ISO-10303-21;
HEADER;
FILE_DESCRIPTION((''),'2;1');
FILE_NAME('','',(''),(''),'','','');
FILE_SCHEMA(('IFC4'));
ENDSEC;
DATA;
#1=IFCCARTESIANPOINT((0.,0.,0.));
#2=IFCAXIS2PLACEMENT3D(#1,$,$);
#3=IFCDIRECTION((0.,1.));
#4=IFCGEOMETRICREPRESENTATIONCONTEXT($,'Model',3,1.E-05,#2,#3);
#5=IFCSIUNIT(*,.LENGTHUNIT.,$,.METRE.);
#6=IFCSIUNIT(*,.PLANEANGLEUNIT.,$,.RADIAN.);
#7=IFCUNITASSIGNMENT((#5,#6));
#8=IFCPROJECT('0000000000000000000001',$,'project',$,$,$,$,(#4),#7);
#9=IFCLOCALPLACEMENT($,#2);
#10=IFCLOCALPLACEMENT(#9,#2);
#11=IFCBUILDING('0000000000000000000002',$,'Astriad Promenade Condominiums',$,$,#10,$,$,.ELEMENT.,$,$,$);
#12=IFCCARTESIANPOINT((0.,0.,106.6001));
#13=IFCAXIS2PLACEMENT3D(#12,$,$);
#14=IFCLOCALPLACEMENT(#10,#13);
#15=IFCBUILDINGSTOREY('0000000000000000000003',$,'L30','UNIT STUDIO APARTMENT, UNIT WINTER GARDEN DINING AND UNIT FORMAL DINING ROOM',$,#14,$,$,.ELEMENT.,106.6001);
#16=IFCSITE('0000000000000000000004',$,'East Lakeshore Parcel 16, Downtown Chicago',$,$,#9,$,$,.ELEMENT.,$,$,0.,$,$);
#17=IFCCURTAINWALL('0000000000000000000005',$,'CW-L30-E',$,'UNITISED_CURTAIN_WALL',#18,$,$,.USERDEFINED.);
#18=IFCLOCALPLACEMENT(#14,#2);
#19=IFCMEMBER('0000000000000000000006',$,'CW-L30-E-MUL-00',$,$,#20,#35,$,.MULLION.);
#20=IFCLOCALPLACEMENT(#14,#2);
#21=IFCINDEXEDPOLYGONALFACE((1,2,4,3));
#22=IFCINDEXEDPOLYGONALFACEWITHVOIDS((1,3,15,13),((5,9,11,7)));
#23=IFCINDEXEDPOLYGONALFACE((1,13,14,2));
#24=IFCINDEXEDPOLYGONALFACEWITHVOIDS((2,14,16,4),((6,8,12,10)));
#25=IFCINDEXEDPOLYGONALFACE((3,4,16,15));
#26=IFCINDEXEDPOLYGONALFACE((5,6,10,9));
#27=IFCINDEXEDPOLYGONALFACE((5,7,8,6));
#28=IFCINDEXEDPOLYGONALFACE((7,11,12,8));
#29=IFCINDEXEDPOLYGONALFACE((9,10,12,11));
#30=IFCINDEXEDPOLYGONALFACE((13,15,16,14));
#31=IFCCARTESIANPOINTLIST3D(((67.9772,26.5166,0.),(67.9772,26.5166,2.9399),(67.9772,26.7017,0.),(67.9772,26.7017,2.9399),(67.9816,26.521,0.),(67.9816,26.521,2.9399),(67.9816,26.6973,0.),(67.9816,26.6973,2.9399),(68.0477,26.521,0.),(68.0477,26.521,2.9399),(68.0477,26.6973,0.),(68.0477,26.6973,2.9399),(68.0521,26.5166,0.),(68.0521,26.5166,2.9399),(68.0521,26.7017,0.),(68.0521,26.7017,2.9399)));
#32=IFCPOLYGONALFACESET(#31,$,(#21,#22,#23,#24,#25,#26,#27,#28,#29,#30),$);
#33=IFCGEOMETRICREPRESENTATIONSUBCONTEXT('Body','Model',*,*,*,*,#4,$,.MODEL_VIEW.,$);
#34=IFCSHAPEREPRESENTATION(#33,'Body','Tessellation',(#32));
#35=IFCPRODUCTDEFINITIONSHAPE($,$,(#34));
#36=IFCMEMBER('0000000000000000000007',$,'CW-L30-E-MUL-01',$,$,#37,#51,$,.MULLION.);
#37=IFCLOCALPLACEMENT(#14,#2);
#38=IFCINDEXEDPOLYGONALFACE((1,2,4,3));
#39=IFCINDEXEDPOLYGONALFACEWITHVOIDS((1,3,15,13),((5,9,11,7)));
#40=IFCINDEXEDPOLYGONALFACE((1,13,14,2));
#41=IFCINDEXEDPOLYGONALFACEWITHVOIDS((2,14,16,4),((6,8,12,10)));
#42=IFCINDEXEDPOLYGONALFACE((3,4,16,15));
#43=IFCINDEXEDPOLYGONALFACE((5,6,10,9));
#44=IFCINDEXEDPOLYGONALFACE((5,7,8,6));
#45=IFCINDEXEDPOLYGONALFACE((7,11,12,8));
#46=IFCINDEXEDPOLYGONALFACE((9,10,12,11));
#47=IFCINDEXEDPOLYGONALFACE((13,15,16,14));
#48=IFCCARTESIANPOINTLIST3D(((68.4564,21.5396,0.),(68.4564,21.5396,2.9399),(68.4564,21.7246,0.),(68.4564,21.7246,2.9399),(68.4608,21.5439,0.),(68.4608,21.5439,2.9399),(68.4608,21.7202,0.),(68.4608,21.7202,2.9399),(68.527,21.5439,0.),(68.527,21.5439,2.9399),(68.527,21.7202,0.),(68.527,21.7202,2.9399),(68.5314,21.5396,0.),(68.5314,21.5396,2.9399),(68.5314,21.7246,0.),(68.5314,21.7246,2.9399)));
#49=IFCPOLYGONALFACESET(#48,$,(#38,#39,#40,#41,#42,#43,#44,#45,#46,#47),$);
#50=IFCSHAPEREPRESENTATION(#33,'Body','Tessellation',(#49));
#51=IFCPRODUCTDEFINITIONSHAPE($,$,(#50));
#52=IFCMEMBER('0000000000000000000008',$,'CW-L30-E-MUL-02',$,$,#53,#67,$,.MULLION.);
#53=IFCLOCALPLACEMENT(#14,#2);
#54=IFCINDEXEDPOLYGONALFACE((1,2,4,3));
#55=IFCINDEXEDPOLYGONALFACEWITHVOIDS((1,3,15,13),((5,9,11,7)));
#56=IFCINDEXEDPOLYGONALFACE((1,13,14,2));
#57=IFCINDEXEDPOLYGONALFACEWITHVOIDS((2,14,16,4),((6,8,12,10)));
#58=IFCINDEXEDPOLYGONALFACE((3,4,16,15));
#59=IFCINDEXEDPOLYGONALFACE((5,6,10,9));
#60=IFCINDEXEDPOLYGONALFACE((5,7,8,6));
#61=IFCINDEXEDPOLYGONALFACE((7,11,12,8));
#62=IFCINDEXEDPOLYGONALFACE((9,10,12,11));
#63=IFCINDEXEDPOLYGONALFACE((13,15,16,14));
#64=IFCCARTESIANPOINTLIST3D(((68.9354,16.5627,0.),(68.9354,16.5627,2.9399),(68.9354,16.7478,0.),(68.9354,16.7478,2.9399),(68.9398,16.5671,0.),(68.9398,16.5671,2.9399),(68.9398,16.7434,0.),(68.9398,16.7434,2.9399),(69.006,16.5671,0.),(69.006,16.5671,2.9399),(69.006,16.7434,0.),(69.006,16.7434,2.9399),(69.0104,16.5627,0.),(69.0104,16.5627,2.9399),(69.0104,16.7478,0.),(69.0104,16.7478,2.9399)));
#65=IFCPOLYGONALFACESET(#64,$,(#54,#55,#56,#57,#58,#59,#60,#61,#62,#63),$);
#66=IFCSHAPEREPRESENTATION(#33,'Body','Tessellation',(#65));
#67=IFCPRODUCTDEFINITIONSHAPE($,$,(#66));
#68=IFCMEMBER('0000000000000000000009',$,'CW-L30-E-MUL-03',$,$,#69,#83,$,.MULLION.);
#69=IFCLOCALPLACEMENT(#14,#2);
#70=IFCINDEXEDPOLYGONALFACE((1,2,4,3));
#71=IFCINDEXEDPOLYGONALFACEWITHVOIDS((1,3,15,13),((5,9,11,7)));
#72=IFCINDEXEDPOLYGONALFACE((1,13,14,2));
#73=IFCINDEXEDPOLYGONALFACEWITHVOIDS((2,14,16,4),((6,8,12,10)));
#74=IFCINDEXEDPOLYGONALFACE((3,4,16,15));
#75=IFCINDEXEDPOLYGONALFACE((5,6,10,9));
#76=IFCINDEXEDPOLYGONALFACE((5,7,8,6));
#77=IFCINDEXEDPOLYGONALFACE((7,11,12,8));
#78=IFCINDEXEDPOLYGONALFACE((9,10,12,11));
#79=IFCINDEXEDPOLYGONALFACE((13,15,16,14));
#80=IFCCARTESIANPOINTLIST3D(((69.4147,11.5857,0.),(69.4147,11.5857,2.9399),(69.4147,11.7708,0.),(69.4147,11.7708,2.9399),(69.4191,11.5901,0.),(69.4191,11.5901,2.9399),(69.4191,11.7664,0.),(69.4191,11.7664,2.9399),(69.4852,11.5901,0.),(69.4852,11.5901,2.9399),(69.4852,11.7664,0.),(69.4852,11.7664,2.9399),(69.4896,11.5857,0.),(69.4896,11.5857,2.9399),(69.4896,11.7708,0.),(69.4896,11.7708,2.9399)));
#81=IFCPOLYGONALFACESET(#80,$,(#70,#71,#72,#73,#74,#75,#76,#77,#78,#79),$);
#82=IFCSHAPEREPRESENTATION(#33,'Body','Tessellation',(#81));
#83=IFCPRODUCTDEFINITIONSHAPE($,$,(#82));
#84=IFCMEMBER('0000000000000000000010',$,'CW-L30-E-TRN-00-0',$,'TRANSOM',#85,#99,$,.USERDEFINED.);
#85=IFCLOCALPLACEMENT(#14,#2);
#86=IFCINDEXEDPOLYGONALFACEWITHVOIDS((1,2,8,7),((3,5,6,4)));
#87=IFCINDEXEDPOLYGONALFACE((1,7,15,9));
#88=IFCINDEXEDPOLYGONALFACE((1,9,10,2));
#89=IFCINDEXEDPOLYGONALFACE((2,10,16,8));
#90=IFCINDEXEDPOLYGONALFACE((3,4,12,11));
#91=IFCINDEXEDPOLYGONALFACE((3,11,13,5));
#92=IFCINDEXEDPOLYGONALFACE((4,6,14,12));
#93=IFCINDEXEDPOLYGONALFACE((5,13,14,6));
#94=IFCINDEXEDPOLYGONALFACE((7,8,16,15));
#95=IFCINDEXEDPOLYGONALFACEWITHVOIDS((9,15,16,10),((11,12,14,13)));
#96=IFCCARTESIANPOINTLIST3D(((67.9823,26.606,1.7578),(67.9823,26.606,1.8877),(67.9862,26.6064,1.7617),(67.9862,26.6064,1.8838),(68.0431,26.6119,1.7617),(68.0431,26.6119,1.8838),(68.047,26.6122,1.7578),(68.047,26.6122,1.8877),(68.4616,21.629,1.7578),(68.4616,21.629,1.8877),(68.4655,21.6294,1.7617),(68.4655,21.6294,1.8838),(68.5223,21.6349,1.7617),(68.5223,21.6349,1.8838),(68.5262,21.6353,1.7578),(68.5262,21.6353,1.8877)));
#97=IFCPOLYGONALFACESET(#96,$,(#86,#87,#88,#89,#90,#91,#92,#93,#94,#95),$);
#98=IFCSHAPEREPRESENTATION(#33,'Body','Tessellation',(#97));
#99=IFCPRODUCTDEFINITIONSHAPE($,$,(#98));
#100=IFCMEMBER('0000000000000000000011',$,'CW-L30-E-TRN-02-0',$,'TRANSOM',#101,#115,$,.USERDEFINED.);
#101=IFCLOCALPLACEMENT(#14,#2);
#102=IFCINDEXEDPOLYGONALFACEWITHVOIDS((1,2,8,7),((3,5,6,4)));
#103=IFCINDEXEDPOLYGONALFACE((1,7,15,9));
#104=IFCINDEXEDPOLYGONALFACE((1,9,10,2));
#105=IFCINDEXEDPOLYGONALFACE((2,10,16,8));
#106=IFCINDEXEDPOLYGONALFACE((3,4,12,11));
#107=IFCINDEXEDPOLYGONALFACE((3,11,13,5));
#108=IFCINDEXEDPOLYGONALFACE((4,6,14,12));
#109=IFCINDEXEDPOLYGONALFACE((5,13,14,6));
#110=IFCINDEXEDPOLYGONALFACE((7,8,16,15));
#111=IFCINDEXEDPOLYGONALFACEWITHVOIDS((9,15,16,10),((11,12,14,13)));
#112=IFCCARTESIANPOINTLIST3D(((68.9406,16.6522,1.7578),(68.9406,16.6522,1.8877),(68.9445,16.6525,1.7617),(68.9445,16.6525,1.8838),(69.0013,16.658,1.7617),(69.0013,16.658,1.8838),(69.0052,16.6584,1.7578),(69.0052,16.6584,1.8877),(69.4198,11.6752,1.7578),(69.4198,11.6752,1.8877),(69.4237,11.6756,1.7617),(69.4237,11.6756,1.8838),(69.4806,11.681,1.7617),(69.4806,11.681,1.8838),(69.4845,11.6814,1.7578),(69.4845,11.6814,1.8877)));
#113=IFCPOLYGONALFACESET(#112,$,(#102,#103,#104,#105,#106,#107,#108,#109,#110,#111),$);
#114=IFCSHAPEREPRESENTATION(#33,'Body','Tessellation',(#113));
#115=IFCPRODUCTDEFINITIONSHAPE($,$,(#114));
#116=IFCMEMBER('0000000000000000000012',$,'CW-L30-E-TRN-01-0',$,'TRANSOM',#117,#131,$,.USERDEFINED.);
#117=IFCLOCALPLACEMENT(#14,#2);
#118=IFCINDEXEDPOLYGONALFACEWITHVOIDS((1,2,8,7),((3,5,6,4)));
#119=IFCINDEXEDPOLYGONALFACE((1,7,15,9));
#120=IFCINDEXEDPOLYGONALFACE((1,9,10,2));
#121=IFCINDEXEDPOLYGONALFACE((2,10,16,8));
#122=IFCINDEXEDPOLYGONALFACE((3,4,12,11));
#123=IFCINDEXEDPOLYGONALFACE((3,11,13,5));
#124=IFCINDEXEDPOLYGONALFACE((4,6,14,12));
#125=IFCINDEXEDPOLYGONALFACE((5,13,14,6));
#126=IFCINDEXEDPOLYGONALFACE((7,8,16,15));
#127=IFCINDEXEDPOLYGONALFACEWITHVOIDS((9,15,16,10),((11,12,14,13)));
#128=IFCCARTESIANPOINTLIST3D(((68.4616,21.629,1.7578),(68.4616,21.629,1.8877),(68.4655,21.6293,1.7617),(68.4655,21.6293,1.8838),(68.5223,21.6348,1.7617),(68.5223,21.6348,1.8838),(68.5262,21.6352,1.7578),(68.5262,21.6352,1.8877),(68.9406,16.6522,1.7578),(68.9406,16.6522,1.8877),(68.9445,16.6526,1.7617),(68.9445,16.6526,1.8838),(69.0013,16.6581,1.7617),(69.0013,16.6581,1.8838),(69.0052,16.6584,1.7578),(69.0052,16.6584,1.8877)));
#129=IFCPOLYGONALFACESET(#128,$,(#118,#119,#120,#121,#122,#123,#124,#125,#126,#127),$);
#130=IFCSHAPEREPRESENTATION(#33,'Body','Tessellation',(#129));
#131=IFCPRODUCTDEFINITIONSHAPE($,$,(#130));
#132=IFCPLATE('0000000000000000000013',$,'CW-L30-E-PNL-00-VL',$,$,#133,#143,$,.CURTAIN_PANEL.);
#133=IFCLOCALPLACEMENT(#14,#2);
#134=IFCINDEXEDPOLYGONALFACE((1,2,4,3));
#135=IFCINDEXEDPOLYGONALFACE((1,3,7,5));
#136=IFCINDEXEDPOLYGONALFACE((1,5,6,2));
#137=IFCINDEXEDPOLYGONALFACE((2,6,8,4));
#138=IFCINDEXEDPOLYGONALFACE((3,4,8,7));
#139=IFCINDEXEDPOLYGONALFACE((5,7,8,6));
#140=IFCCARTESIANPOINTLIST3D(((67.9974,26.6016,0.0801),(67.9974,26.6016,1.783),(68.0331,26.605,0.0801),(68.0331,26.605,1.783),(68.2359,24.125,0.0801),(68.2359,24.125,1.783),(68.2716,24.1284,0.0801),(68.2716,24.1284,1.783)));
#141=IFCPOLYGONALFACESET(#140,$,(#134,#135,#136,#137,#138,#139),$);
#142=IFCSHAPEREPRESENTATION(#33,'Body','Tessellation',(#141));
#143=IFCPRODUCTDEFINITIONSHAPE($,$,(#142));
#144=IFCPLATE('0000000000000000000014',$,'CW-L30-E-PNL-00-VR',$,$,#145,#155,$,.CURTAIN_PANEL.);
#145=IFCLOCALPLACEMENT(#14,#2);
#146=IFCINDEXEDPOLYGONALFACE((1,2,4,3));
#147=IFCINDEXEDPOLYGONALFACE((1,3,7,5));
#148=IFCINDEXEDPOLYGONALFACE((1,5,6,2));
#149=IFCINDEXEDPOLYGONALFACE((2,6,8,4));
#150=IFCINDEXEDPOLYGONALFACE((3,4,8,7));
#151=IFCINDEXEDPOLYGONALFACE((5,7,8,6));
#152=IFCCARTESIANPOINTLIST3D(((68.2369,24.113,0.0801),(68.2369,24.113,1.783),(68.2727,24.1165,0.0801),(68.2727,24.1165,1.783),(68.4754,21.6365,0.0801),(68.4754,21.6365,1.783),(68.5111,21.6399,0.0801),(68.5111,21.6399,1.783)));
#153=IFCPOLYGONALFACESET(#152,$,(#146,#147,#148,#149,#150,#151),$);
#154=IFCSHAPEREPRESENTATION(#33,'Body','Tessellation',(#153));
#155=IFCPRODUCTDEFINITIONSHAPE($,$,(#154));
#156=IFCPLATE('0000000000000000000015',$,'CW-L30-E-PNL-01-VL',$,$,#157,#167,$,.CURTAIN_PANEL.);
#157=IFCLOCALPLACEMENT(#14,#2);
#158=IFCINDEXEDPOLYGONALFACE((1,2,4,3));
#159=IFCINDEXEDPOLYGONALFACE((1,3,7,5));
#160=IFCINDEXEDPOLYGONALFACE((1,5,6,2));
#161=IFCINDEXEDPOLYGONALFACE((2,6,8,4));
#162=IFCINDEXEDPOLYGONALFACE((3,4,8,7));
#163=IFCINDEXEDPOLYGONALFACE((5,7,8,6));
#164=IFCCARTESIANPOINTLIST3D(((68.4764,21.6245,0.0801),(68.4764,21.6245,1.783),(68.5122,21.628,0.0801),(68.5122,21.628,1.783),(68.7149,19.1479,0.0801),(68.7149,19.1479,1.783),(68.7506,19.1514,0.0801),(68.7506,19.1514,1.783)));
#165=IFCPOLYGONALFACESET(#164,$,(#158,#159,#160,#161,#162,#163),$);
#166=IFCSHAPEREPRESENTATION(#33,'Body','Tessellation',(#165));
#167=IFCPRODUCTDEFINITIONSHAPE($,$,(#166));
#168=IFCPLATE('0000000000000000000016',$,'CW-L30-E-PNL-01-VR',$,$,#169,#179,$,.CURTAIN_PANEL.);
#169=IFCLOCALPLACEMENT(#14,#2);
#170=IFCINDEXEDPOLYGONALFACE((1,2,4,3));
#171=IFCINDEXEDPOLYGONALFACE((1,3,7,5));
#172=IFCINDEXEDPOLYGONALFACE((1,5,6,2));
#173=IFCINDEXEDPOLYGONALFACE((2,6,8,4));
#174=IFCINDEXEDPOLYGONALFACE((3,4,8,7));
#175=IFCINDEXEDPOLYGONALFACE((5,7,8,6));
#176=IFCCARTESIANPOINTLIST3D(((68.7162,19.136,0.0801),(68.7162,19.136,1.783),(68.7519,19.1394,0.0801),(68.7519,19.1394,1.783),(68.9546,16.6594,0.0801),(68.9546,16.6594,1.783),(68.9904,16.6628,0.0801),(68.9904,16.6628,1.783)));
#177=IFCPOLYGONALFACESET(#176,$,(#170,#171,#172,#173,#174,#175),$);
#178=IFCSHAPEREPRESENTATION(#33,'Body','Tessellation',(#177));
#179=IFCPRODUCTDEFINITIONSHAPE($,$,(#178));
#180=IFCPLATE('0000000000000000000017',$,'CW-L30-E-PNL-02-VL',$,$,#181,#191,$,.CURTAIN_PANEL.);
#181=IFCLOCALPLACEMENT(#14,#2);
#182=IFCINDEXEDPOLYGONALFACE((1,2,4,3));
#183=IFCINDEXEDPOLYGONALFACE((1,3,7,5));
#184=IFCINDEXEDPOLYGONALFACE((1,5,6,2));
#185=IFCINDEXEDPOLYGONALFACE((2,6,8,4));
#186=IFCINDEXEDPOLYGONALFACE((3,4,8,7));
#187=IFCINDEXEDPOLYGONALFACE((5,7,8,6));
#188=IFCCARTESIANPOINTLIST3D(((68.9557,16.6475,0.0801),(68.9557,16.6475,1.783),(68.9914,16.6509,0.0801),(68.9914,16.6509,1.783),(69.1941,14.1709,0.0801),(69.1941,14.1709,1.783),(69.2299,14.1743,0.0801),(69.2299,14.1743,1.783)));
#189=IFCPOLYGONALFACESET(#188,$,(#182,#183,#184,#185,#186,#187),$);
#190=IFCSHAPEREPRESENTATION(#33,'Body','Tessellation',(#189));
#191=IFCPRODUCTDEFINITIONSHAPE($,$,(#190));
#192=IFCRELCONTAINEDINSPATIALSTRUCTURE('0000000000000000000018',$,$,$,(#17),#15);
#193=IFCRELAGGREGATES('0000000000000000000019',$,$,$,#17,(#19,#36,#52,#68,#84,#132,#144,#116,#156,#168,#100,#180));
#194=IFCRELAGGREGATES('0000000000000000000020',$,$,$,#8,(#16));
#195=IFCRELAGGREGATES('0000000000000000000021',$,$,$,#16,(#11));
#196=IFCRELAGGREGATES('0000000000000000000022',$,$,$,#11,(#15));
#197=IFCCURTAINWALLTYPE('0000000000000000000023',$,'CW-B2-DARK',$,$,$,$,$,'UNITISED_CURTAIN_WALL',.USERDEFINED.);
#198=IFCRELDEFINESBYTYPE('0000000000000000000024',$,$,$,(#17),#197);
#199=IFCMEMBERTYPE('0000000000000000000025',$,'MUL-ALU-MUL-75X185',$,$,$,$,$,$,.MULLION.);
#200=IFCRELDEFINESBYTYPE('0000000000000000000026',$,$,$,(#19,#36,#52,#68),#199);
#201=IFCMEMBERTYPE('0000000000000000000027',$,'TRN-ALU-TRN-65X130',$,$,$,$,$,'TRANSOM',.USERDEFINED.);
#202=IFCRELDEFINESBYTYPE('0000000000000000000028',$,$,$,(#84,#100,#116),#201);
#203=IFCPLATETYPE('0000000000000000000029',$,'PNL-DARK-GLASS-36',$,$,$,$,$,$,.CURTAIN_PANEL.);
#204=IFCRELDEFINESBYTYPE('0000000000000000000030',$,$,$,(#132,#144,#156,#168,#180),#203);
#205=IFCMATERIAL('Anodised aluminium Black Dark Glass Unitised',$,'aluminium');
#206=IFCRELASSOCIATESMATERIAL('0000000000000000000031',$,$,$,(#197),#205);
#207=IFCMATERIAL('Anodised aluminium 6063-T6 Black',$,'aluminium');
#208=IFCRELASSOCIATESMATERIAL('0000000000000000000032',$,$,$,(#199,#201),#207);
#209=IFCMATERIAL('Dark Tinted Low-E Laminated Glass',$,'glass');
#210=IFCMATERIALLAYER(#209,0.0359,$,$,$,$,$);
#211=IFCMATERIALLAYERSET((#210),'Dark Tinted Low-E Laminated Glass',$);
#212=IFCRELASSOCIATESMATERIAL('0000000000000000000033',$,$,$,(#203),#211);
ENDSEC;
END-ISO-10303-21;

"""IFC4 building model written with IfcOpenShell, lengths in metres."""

from ifc_helpers import new_model, si_unit, direction, frame, origin, origin_2d, place, context, subcontext, project, spatial, rectangle, hollow_rectangle, extrude, source, transform, mapped, material, layer, layer_set, material_profile, profile_set, type_object, type_shapes, element, aggregate, save


model = new_model("IFC4")

# Units and contexts
model_context = context("Model", 3, precision=1e-05, world=origin(), true_north=direction((0.0, 1.0)))
body_context = subcontext(model_context, "Body", "Model", "MODEL_VIEW")
ifc_project = project(units=[si_unit("LENGTHUNIT", "METRE"), si_unit("PLANEANGLEUNIT", "RADIAN")], contexts=[model_context])

# Site, building, storey
site_placement = place(None, origin())
site = spatial("IfcSite", under=ifc_project, at=site_placement, Name="East Lakeshore Parcel 16, Downtown Chicago", CompositionType="ELEMENT", RefElevation=0.0)
building_placement = place(site_placement, origin())
building = spatial("IfcBuilding", under=site, at=building_placement, Name="Astriad Promenade Condominiums", CompositionType="ELEMENT")
storey_placement = place(building_placement, frame((0.0, 0.0, 106.6001)))
storey = spatial("IfcBuildingStorey", under=building, at=storey_placement, Name="L30", Description="UNIT STUDIO APARTMENT, UNIT WINTER GARDEN DINING AND UNIT FORMAL DINING ROOM", CompositionType="ELEMENT", Elevation=106.6001)

# Curtain wall, members, plates
ifc_material_1 = material(Name="Anodised aluminium Black Dark Glass Unitised", Category="aluminium")
curtain_wall_type = type_object("IfcCurtainWallType", Name="CW-B2-DARK", ElementType="UNITISED_CURTAIN_WALL", PredefinedType="USERDEFINED", material=ifc_material_1)
curtain_wall_placement = place(storey_placement, origin())
curtain_wall = element("IfcCurtainWall", 1, at=curtain_wall_placement, inside=storey, type_object=curtain_wall_type, Name="CW-L30-E", ObjectType="UNITISED_CURTAIN_WALL", PredefinedType="USERDEFINED")
ifc_material_2 = material(Name="Anodised aluminium 6063-T6 Black", Category="aluminium")
ifc_material_profile_1 = material_profile(ifc_material_2, hollow_rectangle(XDim=0.075, YDim=0.1851, WallThickness=0.0044, at=origin_2d()), Name="ALU-MUL-75X185")
ifc_profile_set_1 = profile_set([ifc_material_profile_1], Name="Anodised aluminium 6063-T6 Black")
member_type_1 = type_object("IfcMemberType", Name="MUL-ALU-MUL-75X185", PredefinedType="MULLION", material=ifc_profile_set_1)
shared_shape_1 = source(origin(), body_context, "Body", "SweptSolid", [
    extrude(hollow_rectangle(XDim=0.075, YDim=0.1851, WallThickness=0.0044, at=origin_2d()), origin(), (0.0, 0.0, 1.0), 2.9399),
])
type_shapes(member_type_1, [shared_shape_1])
member_1_placement = place(storey_placement, frame((68.0146, 26.6091, 0.0), z_axis=(0.0, 0.0, 1.0), x_axis=(1.0, 0.0, 0.0)))
member_1 = element("IfcMember", 2, at=member_1_placement, type_object=member_type_1, Name="CW-L30-E-MUL-00", PredefinedType="MULLION", context=body_context, shape_type="MappedRepresentation", body=[
    mapped(shared_shape_1, transform((0.0, 0.0, 0.0), scale=1.0)),
])
member_2_placement = place(storey_placement, frame((68.4939, 21.6321, 0.0), z_axis=(0.0, 0.0, 1.0), x_axis=(1.0, 0.0, 0.0)))
member_2 = element("IfcMember", 3, at=member_2_placement, type_object=member_type_1, Name="CW-L30-E-MUL-01", PredefinedType="MULLION", context=body_context, shape_type="MappedRepresentation", body=[
    mapped(shared_shape_1, transform((0.0, 0.0, 0.0), scale=1.0)),
])
member_3_placement = place(storey_placement, frame((68.9729, 16.6553, 0.0), z_axis=(0.0, 0.0, 1.0), x_axis=(1.0, 0.0, 0.0)))
member_3 = element("IfcMember", 4, at=member_3_placement, type_object=member_type_1, Name="CW-L30-E-MUL-02", PredefinedType="MULLION", context=body_context, shape_type="MappedRepresentation", body=[
    mapped(shared_shape_1, transform((0.0, 0.0, 0.0), scale=1.0)),
])
member_4_placement = place(storey_placement, frame((69.4521, 11.6782, 0.0), z_axis=(0.0, 0.0, 1.0), x_axis=(1.0, 0.0, 0.0)))
member_4 = element("IfcMember", 5, at=member_4_placement, type_object=member_type_1, Name="CW-L30-E-MUL-03", PredefinedType="MULLION", context=body_context, shape_type="MappedRepresentation", body=[
    mapped(shared_shape_1, transform((0.0, 0.0, 0.0), scale=1.0)),
])
ifc_material_profile_2 = material_profile(ifc_material_2, hollow_rectangle(XDim=0.0649, YDim=0.1299, WallThickness=0.0039, at=origin_2d()), Name="ALU-TRN-65X130")
ifc_profile_set_2 = profile_set([ifc_material_profile_2], Name="Anodised aluminium 6063-T6 Black")
member_type_2 = type_object("IfcMemberType", Name="TRN-ALU-TRN-65X130", ElementType="TRANSOM", PredefinedType="USERDEFINED", material=ifc_profile_set_2)
shared_shape_2 = source(origin(), body_context, "Body", "SweptSolid", [
    extrude(hollow_rectangle(XDim=0.0649, YDim=0.1299, WallThickness=0.0039, at=origin_2d()), origin(), (0.0, 0.0, 1.0), 5.0),
])
member_5_placement = place(storey_placement, frame((68.0146, 26.6091, 1.8228), z_axis=(0.095848, -0.995396, 0.0), x_axis=(0.995396, 0.095848, 0.0)))
member_5 = element("IfcMember", 6, at=member_5_placement, type_object=member_type_2, Name="CW-L30-E-TRN-00-0", ObjectType="TRANSOM", PredefinedType="USERDEFINED", context=body_context, shape_type="MappedRepresentation", body=[
    mapped(shared_shape_2, transform((0.0, 0.0, 0.0), scale=1.0)),
])
member_6_placement = place(storey_placement, frame((68.9729, 16.6553, 1.8228), z_axis=(0.095848, -0.995396, 0.0), x_axis=(0.995396, 0.095848, 0.0)))
member_6 = element("IfcMember", 7, at=member_6_placement, type_object=member_type_2, Name="CW-L30-E-TRN-02-0", ObjectType="TRANSOM", PredefinedType="USERDEFINED", context=body_context, shape_type="MappedRepresentation", body=[
    mapped(shared_shape_2, transform((0.0, 0.0, 0.0), scale=1.0)),
])
shared_shape_3 = source(origin(), body_context, "Body", "SweptSolid", [
    extrude(hollow_rectangle(XDim=0.0649, YDim=0.1299, WallThickness=0.0039, at=origin_2d()), origin(), (0.0, 0.0, 1.0), 4.9998),
])
type_shapes(member_type_2, [shared_shape_2, shared_shape_3])
member_7_placement = place(storey_placement, frame((68.4939, 21.6321, 1.8228), z_axis=(0.095805, -0.9954, 0.0), x_axis=(0.9954, 0.095805, 0.0)))
member_7 = element("IfcMember", 8, at=member_7_placement, type_object=member_type_2, Name="CW-L30-E-TRN-01-0", ObjectType="TRANSOM", PredefinedType="USERDEFINED", context=body_context, shape_type="MappedRepresentation", body=[
    mapped(shared_shape_3, transform((0.0, 0.0, 0.0), scale=1.0)),
])
ifc_material_3 = material(Name="Dark Tinted Low-E Laminated Glass", Category="glass")
ifc_layer_1 = layer(ifc_material_3, 0.0359)
ifc_layer_set_1 = layer_set([ifc_layer_1], Name="Dark Tinted Low-E Laminated Glass")
plate_type = type_object("IfcPlateType", Name="PNL-DARK-GLASS-36", PredefinedType="CURTAIN_PANEL", material=ifc_layer_set_1)
shared_shape_4 = source(origin(), body_context, "Body", "SweptSolid", [
    extrude(rectangle(XDim=2.488, YDim=0.0359, at=origin_2d()), origin(), (0.0, 0.0, 1.0), 1.7029),
])
plate_1_placement = place(storey_placement, frame((68.1345, 25.365, 0.0801), z_axis=(0.0, 0.0, 1.0), x_axis=(0.095846, -0.995396, 0.0)))
plate_1 = element("IfcPlate", 9, at=plate_1_placement, type_object=plate_type, Name="CW-L30-E-PNL-00-VL", PredefinedType="CURTAIN_PANEL", context=body_context, shape_type="MappedRepresentation", body=[
    mapped(shared_shape_4, transform((0.0, 0.0, 0.0), scale=1.0)),
])
plate_2_placement = place(storey_placement, frame((68.374, 22.8765, 0.0801), z_axis=(0.0, 0.0, 1.0), x_axis=(0.095846, -0.995396, 0.0)))
plate_2 = element("IfcPlate", 10, at=plate_2_placement, type_object=plate_type, Name="CW-L30-E-PNL-00-VR", PredefinedType="CURTAIN_PANEL", context=body_context, shape_type="MappedRepresentation", body=[
    mapped(shared_shape_4, transform((0.0, 0.0, 0.0), scale=1.0)),
])
plate_3_placement = place(storey_placement, frame((68.6135, 20.3879, 0.0801), z_axis=(0.0, 0.0, 1.0), x_axis=(0.095846, -0.995396, 0.0)))
plate_3 = element("IfcPlate", 11, at=plate_3_placement, type_object=plate_type, Name="CW-L30-E-PNL-01-VL", PredefinedType="CURTAIN_PANEL", context=body_context, shape_type="MappedRepresentation", body=[
    mapped(shared_shape_4, transform((0.0, 0.0, 0.0), scale=1.0)),
])
plate_4_placement = place(storey_placement, frame((68.8533, 17.8994, 0.0801), z_axis=(0.0, 0.0, 1.0), x_axis=(0.095846, -0.995396, 0.0)))
plate_4 = element("IfcPlate", 12, at=plate_4_placement, type_object=plate_type, Name="CW-L30-E-PNL-01-VR", PredefinedType="CURTAIN_PANEL", context=body_context, shape_type="MappedRepresentation", body=[
    mapped(shared_shape_4, transform((0.0, 0.0, 0.0), scale=1.0)),
])
plate_5_placement = place(storey_placement, frame((69.0928, 15.4109, 0.0801), z_axis=(0.0, 0.0, 1.0), x_axis=(0.095846, -0.995396, 0.0)))
plate_5 = element("IfcPlate", 13, at=plate_5_placement, type_object=plate_type, Name="CW-L30-E-PNL-02-VL", PredefinedType="CURTAIN_PANEL", context=body_context, shape_type="MappedRepresentation", body=[
    mapped(shared_shape_4, transform((0.0, 0.0, 0.0), scale=1.0)),
])
aggregate(curtain_wall, [member_1, member_2, member_3, member_4, member_5, plate_1, plate_2, member_7, plate_3, plate_4, member_6, plate_5])

save(model, "model.ifc")
